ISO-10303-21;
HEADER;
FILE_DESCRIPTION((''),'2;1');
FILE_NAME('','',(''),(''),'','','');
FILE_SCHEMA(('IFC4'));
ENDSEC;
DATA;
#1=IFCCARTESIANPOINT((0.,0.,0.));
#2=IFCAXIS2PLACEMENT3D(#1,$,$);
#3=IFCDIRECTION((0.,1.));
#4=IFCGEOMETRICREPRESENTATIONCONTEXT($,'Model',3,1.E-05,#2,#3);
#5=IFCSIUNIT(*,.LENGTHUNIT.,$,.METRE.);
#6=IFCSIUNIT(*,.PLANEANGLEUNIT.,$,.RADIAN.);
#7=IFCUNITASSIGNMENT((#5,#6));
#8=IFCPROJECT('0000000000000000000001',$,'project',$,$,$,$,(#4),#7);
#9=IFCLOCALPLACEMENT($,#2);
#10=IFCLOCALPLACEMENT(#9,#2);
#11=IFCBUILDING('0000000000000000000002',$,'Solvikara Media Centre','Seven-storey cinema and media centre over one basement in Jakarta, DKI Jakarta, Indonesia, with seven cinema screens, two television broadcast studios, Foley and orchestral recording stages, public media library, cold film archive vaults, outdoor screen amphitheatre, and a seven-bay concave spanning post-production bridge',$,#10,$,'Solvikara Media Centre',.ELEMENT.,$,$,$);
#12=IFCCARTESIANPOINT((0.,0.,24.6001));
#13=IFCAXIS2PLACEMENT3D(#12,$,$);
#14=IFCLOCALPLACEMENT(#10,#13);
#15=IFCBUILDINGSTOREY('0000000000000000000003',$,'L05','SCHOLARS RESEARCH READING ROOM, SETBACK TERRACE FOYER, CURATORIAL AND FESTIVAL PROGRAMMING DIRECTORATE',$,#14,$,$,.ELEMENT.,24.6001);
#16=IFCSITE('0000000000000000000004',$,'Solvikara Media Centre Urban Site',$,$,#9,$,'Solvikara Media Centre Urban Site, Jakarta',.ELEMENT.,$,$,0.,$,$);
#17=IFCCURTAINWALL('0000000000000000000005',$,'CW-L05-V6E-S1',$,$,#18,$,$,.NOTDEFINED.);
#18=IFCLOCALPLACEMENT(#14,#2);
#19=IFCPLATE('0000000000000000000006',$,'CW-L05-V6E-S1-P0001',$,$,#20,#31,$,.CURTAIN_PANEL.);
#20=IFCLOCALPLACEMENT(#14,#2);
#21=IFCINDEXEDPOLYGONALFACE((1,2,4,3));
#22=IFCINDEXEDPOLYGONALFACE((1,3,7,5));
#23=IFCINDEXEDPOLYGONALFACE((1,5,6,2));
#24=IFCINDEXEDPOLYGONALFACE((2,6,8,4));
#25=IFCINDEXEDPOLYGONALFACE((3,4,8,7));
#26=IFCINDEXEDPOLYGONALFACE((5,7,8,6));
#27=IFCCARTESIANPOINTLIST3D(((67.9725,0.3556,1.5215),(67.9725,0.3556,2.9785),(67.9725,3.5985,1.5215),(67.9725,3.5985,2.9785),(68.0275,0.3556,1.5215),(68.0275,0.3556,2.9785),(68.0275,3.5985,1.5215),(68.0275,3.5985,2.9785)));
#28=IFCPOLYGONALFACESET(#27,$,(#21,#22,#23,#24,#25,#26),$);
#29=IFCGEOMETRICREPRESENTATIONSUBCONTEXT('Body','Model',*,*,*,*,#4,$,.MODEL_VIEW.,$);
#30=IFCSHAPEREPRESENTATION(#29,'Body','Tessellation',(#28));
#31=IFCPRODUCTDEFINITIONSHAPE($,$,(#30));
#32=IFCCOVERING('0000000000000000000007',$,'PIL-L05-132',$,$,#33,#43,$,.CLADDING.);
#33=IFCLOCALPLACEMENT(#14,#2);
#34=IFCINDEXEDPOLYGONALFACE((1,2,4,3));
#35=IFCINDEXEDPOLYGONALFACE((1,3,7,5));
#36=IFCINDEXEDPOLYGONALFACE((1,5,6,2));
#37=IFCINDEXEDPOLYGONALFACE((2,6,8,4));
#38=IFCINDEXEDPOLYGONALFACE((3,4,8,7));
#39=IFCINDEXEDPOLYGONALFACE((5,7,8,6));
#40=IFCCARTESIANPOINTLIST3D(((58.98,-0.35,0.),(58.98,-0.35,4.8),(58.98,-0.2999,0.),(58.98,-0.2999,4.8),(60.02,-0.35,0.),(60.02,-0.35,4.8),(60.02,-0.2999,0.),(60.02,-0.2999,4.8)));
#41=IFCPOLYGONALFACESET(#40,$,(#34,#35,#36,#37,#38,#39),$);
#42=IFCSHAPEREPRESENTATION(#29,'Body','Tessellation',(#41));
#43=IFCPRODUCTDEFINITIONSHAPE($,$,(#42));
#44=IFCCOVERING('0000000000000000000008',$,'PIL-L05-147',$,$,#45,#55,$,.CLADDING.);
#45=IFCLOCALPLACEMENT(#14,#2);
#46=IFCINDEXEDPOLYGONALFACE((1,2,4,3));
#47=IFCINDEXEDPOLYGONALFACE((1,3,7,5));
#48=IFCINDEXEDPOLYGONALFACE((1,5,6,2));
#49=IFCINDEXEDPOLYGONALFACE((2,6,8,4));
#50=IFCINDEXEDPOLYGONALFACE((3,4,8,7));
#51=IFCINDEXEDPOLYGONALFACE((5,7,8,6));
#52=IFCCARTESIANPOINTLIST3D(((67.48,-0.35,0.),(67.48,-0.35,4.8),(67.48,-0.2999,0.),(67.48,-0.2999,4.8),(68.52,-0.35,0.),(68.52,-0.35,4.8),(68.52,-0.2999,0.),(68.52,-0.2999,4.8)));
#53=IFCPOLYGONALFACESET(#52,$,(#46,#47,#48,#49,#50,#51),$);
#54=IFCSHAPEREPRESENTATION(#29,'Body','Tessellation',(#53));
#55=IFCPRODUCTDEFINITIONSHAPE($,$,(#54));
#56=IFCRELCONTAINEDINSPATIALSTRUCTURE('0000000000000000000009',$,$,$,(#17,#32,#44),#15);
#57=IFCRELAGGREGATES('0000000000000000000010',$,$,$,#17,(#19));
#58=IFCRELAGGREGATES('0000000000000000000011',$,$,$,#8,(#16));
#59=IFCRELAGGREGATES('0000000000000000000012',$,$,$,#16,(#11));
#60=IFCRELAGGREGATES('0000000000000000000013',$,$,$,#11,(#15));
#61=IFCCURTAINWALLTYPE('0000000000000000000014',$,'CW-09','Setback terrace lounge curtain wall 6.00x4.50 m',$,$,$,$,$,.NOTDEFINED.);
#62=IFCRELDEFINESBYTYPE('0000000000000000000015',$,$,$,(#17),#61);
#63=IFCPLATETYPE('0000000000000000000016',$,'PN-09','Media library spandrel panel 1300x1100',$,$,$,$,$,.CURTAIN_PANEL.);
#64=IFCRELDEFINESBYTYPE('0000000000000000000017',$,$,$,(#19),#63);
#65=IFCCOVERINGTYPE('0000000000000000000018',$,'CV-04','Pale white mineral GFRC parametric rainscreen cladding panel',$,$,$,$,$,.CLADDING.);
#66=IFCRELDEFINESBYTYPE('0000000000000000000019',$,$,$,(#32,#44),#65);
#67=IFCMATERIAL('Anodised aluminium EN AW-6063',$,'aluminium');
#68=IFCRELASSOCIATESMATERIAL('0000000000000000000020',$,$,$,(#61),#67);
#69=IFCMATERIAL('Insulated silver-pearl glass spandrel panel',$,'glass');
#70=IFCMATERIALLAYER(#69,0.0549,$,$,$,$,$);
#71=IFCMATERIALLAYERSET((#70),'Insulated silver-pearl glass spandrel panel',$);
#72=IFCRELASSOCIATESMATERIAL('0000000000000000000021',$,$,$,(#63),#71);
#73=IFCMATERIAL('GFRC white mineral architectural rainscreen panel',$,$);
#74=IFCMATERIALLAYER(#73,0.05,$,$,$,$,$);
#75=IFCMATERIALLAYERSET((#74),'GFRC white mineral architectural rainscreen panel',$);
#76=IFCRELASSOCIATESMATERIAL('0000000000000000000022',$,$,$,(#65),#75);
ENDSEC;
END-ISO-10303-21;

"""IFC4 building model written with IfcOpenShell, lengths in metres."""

from ifc_helpers import new_model, si_unit, direction, frame, origin, origin_2d, place, context, subcontext, project, spatial, rectangle, extrude, material, layer, layer_set, type_object, element, aggregate, save


model = new_model("IFC4")

# Units and contexts
model_context = context("Model", 3, precision=1e-05, world=origin(), true_north=direction((0.0, 1.0)))
body_context = subcontext(model_context, "Body", "Model", "MODEL_VIEW")
ifc_project = project(units=[si_unit("LENGTHUNIT", "METRE"), si_unit("PLANEANGLEUNIT", "RADIAN")], contexts=[model_context])

# Site, building, storey
site_placement = place(None, origin())
site = spatial("IfcSite", under=ifc_project, at=site_placement, Name="Solvikara Media Centre Urban Site", LongName="Solvikara Media Centre Urban Site, Jakarta", CompositionType="ELEMENT", RefElevation=0.0)
building_placement = place(site_placement, origin())
building = spatial("IfcBuilding", under=site, at=building_placement, Name="Solvikara Media Centre", Description="Seven-storey cinema and media centre over one basement in Jakarta, DKI Jakarta, Indonesia, with seven cinema screens, two television broadcast studios, Foley and orchestral recording stages, public media library, cold film archive vaults, outdoor screen amphitheatre, and a seven-bay concave spanning post-production bridge", LongName="Solvikara Media Centre", CompositionType="ELEMENT")
storey_placement = place(building_placement, frame((0.0, 0.0, 24.6001)))
storey = spatial("IfcBuildingStorey", under=building, at=storey_placement, Name="L05", Description="SCHOLARS RESEARCH READING ROOM, SETBACK TERRACE FOYER, CURATORIAL AND FESTIVAL PROGRAMMING DIRECTORATE", CompositionType="ELEMENT", Elevation=24.6001)

# Shared definitions
ifc_material_1 = material(Name="Anodised aluminium EN AW-6063", Category="aluminium")
curtain_wall_type = type_object("IfcCurtainWallType", Name="CW-09", Description="Setback terrace lounge curtain wall 6.00x4.50 m", PredefinedType="NOTDEFINED", material=ifc_material_1)

# Curtain wall
curtain_wall_1_placement = place(storey_placement, origin())
curtain_wall_1 = element("IfcCurtainWall", 1, at=curtain_wall_1_placement, inside=storey, type_object=curtain_wall_type, Name="CW-L05-V6E-S1", PredefinedType="NOTDEFINED")

# Plate
ifc_material_2 = material(Name="Insulated silver-pearl glass spandrel panel", Category="glass")
ifc_layer_1 = layer(ifc_material_2, 0.0549)
ifc_layer_set_1 = layer_set([ifc_layer_1], Name="Insulated silver-pearl glass spandrel panel")
plate_type_1 = type_object("IfcPlateType", Name="PN-09", Description="Media library spandrel panel 1300x1100", PredefinedType="CURTAIN_PANEL", material=ifc_layer_set_1)
plate_1_placement = place(storey_placement, frame((68.0, 1.9771, 1.5215), z_axis=(0.0, 0.0, 1.0), x_axis=(0.0, 1.0, 0.0)))
plate_1 = element("IfcPlate", 2, at=plate_1_placement, type_object=plate_type_1, Name="CW-L05-V6E-S1-P0001", PredefinedType="CURTAIN_PANEL", context=body_context, shape_type="SweptSolid", body=[
    extrude(rectangle(XDim=3.2429, YDim=0.0549, at=origin_2d()), origin(), (0.0, 0.0, 1.0), 1.457),
])
aggregate(curtain_wall_1, [plate_1])

# Coverings
ifc_material_3 = material(Name="GFRC white mineral architectural rainscreen panel")
ifc_layer_2 = layer(ifc_material_3, 0.05)
ifc_layer_set_2 = layer_set([ifc_layer_2], Name="GFRC white mineral architectural rainscreen panel")
covering_type = type_object("IfcCoveringType", Name="CV-04", Description="Pale white mineral GFRC parametric rainscreen cladding panel", PredefinedType="CLADDING", material=ifc_layer_set_2)
for number, where, z_axis, x_axis, name in (
    (3, (59.5, -0.325, 0.0), (0.0, 0.0, 1.0), (1.0, 0.0, 0.0), "PIL-L05-132"),
    (4, (68.0, -0.325, 0.0), (0.0, 0.0, 1.0), (1.0, 0.0, 0.0), "PIL-L05-147"),
):
    element("IfcCovering", number, at=place(storey_placement, frame(where, z_axis=z_axis, x_axis=x_axis)), inside=storey, type_object=covering_type, Name=name, PredefinedType="CLADDING", context=body_context, shape_type="SweptSolid", body=[
        extrude(rectangle(XDim=1.04, YDim=0.05, at=origin_2d()), origin(), (0.0, 0.0, 1.0), 4.8),
    ])

save(model, "model.ifc")
